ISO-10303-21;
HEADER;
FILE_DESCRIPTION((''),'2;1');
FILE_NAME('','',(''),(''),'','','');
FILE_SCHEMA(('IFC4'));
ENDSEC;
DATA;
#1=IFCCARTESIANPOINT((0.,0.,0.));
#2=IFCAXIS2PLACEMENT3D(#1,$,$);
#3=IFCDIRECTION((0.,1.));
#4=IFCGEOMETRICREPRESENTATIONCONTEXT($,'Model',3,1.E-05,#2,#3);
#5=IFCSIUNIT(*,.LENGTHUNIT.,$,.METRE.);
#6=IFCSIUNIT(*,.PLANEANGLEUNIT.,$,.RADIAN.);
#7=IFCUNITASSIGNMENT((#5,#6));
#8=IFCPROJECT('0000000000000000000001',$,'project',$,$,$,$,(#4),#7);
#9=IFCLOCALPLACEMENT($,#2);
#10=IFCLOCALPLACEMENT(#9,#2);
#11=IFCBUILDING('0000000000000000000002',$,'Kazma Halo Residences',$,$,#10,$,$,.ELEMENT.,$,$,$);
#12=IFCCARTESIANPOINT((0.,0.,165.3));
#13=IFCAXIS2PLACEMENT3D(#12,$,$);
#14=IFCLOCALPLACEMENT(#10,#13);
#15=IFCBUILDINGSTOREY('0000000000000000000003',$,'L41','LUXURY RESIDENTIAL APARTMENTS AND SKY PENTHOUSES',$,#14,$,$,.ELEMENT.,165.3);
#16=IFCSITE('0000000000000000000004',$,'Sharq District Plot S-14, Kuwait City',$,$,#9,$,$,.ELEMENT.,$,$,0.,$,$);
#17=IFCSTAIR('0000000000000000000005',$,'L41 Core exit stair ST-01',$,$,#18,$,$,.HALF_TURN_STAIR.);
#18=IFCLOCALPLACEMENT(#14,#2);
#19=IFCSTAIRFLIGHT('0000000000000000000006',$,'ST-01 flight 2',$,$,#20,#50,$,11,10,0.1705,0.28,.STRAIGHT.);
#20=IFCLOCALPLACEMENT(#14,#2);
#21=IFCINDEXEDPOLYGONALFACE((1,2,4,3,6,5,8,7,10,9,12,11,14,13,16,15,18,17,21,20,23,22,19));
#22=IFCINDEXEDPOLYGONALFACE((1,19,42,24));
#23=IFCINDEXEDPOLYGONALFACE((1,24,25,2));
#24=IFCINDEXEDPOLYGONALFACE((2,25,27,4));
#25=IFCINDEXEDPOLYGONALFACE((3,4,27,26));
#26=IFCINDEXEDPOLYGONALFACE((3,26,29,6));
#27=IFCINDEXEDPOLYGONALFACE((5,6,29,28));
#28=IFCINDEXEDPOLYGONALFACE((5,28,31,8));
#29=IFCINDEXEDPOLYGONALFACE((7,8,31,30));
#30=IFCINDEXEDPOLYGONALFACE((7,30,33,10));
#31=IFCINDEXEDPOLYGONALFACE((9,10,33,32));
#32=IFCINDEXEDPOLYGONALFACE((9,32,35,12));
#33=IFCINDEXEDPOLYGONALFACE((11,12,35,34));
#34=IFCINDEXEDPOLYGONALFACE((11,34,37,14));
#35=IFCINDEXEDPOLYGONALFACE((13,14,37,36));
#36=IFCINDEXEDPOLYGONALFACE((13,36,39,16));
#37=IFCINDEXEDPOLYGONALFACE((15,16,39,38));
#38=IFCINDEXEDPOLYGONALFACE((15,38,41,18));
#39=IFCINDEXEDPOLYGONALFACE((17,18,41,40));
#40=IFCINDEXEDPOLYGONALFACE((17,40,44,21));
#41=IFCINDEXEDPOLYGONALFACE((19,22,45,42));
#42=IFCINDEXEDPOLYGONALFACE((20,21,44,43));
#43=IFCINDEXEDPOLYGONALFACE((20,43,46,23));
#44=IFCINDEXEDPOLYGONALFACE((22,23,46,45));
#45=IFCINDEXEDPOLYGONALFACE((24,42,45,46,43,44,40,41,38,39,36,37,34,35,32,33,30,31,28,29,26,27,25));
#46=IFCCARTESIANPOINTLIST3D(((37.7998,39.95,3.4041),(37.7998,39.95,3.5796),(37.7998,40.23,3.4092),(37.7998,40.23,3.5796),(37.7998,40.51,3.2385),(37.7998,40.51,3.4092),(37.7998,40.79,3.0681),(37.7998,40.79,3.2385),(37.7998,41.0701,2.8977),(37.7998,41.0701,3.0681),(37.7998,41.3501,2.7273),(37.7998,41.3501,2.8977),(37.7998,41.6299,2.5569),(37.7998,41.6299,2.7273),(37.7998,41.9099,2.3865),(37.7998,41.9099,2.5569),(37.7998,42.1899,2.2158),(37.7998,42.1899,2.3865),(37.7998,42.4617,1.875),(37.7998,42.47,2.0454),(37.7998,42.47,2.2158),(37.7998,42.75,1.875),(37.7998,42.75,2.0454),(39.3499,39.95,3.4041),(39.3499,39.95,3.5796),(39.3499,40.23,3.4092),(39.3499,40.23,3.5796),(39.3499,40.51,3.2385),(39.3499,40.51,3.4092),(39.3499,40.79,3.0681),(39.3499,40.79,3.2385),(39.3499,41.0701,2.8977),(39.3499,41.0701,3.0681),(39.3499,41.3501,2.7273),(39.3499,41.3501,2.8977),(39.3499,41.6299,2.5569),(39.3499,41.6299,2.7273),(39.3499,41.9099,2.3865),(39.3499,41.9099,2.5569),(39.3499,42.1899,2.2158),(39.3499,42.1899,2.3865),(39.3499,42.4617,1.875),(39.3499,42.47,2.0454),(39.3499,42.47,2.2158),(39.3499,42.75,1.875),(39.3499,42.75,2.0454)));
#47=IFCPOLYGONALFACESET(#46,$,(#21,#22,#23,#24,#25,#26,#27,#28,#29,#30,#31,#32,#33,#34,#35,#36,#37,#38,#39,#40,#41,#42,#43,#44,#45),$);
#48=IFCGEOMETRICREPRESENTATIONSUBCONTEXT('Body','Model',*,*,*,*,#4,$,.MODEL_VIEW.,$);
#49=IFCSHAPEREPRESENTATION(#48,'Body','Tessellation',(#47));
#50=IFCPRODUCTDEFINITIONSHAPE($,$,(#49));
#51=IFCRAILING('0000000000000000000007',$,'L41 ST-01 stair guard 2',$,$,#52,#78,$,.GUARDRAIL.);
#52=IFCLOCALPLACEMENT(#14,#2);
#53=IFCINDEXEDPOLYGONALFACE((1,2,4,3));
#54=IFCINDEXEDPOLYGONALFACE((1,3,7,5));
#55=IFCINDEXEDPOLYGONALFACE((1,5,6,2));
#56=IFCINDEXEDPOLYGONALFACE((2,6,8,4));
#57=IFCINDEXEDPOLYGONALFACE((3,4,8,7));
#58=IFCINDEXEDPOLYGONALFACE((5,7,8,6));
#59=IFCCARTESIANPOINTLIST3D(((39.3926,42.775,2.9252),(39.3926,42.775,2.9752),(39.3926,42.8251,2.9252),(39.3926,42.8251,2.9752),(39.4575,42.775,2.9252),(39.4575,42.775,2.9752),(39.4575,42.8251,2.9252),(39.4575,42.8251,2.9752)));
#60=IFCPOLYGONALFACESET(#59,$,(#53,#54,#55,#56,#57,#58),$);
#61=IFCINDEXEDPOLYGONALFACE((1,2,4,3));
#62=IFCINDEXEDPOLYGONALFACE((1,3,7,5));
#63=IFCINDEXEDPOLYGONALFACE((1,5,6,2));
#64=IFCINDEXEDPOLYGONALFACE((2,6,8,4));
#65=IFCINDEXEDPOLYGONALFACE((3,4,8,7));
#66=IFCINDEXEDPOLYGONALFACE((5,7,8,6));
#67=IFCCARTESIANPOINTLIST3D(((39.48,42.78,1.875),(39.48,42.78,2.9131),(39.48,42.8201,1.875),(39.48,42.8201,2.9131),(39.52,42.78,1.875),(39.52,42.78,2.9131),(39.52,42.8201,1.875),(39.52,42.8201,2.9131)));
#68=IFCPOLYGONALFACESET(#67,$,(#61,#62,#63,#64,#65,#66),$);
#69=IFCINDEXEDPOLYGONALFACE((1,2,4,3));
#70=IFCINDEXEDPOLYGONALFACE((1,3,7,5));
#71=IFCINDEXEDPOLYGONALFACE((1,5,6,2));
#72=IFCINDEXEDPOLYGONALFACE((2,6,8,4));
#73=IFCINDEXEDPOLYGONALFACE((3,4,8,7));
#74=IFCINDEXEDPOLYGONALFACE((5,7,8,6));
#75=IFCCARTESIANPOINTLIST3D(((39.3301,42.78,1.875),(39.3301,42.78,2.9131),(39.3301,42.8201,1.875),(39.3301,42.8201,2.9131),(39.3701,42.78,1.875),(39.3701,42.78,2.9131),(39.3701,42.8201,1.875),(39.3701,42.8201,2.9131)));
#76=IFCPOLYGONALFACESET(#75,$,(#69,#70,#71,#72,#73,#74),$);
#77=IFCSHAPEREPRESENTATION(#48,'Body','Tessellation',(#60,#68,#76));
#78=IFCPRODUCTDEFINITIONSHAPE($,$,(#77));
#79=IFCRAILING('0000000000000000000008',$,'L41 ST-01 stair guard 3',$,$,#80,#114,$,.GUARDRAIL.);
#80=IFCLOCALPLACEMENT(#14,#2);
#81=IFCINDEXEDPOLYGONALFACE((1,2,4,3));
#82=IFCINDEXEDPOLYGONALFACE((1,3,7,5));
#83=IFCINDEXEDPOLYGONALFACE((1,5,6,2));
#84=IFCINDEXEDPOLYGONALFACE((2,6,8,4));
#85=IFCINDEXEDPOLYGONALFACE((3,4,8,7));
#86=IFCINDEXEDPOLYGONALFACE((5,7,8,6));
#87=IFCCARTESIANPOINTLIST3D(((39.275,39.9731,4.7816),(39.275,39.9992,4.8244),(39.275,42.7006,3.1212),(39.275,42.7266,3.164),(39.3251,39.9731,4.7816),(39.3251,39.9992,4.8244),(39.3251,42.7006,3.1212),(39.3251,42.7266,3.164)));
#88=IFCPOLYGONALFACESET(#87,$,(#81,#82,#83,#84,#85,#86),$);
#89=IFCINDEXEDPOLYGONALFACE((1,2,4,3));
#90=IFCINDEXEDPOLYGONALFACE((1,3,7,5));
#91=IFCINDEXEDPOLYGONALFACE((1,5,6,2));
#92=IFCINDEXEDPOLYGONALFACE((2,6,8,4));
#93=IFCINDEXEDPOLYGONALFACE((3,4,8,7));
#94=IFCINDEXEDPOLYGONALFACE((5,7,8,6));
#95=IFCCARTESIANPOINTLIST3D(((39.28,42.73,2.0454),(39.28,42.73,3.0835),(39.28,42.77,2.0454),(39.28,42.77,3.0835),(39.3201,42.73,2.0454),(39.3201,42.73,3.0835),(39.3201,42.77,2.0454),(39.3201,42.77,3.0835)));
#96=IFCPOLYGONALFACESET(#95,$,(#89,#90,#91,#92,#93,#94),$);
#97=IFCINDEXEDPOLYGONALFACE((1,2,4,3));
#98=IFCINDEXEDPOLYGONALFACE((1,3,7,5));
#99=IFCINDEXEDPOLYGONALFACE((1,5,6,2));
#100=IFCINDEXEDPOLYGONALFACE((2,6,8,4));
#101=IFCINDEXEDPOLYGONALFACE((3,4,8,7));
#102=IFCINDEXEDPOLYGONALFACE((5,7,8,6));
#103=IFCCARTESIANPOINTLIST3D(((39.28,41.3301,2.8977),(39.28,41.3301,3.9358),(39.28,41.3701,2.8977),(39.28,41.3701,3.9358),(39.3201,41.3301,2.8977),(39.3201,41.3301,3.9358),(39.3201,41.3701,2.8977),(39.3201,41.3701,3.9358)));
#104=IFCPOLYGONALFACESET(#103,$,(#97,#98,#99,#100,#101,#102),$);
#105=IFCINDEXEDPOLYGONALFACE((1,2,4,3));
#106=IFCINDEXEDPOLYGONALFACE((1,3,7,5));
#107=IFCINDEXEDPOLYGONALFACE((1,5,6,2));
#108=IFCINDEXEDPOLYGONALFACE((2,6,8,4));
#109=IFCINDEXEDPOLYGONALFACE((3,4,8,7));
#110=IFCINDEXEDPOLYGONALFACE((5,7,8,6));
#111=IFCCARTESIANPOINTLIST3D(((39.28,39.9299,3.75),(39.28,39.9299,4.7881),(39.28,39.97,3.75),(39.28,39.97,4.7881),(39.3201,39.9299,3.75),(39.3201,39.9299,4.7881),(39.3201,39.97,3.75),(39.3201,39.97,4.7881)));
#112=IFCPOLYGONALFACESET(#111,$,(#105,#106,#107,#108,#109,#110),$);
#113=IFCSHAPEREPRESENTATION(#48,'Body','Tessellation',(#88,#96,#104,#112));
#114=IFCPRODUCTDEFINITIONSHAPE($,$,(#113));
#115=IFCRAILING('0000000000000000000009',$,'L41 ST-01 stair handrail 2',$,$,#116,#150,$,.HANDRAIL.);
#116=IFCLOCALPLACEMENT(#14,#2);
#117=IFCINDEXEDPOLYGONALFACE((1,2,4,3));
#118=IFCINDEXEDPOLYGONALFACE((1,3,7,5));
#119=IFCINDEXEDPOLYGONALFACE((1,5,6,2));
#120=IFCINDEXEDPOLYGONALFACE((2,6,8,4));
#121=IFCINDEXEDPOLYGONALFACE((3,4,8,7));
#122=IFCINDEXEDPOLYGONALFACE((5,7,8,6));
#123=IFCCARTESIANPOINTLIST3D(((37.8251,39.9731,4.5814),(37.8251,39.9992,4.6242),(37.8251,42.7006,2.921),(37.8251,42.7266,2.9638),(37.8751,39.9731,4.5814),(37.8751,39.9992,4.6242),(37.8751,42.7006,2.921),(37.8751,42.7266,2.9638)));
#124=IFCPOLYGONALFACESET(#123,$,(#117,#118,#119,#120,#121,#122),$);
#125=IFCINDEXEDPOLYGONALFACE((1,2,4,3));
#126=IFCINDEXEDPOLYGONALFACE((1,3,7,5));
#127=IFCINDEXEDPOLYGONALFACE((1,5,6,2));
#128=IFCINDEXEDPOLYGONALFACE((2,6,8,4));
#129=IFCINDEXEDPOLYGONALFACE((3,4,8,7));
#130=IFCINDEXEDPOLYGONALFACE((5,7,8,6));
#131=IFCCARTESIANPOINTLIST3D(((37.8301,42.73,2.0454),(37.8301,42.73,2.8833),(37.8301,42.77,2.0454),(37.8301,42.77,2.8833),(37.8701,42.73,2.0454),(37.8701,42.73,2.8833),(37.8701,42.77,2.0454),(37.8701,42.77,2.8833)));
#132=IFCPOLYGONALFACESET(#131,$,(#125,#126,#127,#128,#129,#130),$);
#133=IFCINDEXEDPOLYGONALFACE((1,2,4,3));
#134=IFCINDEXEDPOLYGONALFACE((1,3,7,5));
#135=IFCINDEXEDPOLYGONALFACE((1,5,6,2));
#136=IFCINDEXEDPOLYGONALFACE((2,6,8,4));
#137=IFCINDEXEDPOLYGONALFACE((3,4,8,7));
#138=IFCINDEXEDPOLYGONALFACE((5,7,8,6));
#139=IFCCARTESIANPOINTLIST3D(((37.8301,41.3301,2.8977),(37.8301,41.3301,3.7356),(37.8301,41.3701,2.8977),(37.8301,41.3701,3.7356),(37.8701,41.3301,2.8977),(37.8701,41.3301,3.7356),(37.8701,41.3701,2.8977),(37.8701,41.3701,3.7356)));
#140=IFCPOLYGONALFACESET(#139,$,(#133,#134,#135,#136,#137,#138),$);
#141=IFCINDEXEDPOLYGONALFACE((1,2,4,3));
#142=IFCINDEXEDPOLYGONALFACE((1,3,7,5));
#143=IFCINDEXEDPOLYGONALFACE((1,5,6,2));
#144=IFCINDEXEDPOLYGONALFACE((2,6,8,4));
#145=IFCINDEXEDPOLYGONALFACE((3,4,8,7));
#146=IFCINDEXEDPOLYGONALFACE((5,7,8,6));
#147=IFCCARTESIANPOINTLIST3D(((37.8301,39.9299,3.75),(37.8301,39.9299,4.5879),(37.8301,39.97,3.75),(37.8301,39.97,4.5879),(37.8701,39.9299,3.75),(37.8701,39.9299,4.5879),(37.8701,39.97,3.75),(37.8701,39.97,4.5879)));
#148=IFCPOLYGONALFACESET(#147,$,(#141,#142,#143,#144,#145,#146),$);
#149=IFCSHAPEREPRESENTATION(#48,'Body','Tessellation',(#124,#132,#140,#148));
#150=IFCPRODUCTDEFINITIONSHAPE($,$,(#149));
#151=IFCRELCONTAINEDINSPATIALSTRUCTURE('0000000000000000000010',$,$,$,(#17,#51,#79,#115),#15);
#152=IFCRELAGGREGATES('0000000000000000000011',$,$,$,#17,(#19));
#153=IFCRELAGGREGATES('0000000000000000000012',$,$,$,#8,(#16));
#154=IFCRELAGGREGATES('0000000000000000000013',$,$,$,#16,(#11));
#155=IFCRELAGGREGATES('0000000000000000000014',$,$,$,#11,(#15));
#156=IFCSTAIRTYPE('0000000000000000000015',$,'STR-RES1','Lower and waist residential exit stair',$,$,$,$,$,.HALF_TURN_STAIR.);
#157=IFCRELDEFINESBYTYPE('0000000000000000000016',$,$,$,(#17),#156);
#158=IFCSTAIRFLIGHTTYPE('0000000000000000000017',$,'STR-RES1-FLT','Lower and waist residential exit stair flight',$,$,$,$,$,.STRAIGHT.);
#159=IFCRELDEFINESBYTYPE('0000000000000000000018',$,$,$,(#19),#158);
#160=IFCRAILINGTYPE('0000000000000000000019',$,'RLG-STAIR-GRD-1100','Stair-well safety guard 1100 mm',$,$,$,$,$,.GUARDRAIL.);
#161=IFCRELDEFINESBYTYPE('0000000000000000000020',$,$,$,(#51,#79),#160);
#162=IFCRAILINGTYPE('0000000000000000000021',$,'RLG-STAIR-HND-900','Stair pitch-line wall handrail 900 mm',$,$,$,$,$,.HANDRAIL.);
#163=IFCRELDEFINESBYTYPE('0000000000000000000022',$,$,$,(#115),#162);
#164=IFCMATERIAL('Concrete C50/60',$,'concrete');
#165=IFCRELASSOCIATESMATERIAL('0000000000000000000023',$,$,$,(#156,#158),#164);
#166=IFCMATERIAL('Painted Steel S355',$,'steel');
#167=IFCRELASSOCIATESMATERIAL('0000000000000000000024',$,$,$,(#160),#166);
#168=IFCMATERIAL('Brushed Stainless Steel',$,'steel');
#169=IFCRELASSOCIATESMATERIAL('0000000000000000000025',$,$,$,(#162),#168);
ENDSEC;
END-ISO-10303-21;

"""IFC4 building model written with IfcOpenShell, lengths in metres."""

from ifc_helpers import new_model, si_unit, direction, frame, origin, origin_2d, place, context, subcontext, project, spatial, polyline, rectangle, outline, extrude, material, type_object, element, aggregate, save


model = new_model("IFC4")

# Units and contexts
model_context = context("Model", 3, precision=1e-05, world=origin(), true_north=direction((0.0, 1.0)))
body_context = subcontext(model_context, "Body", "Model", "MODEL_VIEW")
ifc_project = project(units=[si_unit("LENGTHUNIT", "METRE"), si_unit("PLANEANGLEUNIT", "RADIAN")], contexts=[model_context])

# Site, building, storey
site_placement = place(None, origin())
site = spatial("IfcSite", under=ifc_project, at=site_placement, Name="Sharq District Plot S-14, Kuwait City", CompositionType="ELEMENT", RefElevation=0.0)
building_placement = place(site_placement, origin())
building = spatial("IfcBuilding", under=site, at=building_placement, Name="Kazma Halo Residences", CompositionType="ELEMENT")
storey_placement = place(building_placement, frame((0.0, 0.0, 165.3)))
storey = spatial("IfcBuildingStorey", under=building, at=storey_placement, Name="L41", Description="LUXURY RESIDENTIAL APARTMENTS AND SKY PENTHOUSES", CompositionType="ELEMENT", Elevation=165.3)

# Stair, stair flight
ifc_material_1 = material(Name="Concrete C50/60", Category="concrete")
stair_type = type_object("IfcStairType", Name="STR-RES1", Description="Lower and waist residential exit stair", PredefinedType="HALF_TURN_STAIR", material=ifc_material_1)
stair_placement = place(storey_placement, origin())
stair = element("IfcStair", 1, at=stair_placement, inside=storey, type_object=stair_type, Name="L41 Core exit stair ST-01", PredefinedType="HALF_TURN_STAIR")
stair_flight_type = type_object("IfcStairFlightType", Name="STR-RES1-FLT", Description="Lower and waist residential exit stair flight", PredefinedType="STRAIGHT", material=ifc_material_1)
stair_flight_placement = place(storey_placement, frame((38.575, 42.75, 1.875), z_axis=(0.0, 0.0, 1.0), x_axis=(0.0, -1.0, 0.0)))
stair_flight = element("IfcStairFlight", 2, at=stair_flight_placement, type_object=stair_flight_type, Name="ST-01 flight 2", NumberOfRisers=11, NumberOfTreads=10, PredefinedType="STRAIGHT", RiserHeight=0.1705, TreadLength=0.28, context=body_context, shape_type="SweptSolid", body=[
    extrude(outline(polyline([(0.0, 0.0), (0.0, 0.1704), (0.28, 0.1704), (0.28, 0.3408), (0.5601, 0.3408), (0.5601, 0.5115), (0.8401, 0.5115), (0.8401, 0.6819), (1.1201, 0.6819), (1.1201, 0.8523), (1.3999, 0.8523), (1.3999, 1.0227), (1.6799, 1.0227), (1.6799, 1.1931), (1.96, 1.1931), (1.96, 1.3635), (2.24, 1.3635), (2.24, 1.5342), (2.52, 1.5342), (2.52, 1.7046), (2.8, 1.7046), (2.8, 1.875), (2.8, 1.5291), (0.2883, 0.0), (0.0, 0.0)])), frame((0.0, 0.7749, 0.0), z_axis=(0.0, -1.0, 0.0), x_axis=(1.0, 0.0, 0.0)), (0.0, 0.0, 1.0), 1.55),
])
aggregate(stair, [stair_flight])

# Railings
ifc_material_2 = material(Name="Painted Steel S355", Category="steel")
railing_type_1 = type_object("IfcRailingType", Name="RLG-STAIR-GRD-1100", Description="Stair-well safety guard 1100 mm", PredefinedType="GUARDRAIL", material=ifc_material_2)
railing_1_placement = place(storey_placement, frame((39.5, 42.8, 1.875)))
element("IfcRailing", 3, at=railing_1_placement, inside=storey, type_object=railing_type_1, Name="L41 ST-01 stair guard 2", PredefinedType="GUARDRAIL", context=body_context, shape_type="SweptSolid", body=[
    extrude(rectangle(XDim=0.05, YDim=0.05, at=origin_2d()), frame((-0.0425, 0.0, 1.0752), z_axis=(-1.0, 0.0, 0.0), x_axis=(0.0, -1.0, 0.0)), (0.0, 0.0, 1.0), 0.0649),
    extrude(rectangle(XDim=0.04, YDim=0.04, at=origin_2d()), origin(), (0.0, 0.0, 1.0), 1.0381),
    extrude(rectangle(XDim=0.04, YDim=0.04, at=origin_2d()), frame((-0.1499, 0.0, 0.0)), (0.0, 0.0, 1.0), 1.0381),
])
railing_2_placement = place(storey_placement, frame((39.3, 42.75, 2.0454)))
element("IfcRailing", 4, at=railing_2_placement, inside=storey, type_object=railing_type_1, Name="L41 ST-01 stair guard 3", PredefinedType="GUARDRAIL", context=body_context, shape_type="SweptSolid", body=[
    extrude(rectangle(XDim=0.05, YDim=0.05, at=origin_2d()), frame((0.0, -0.0364, 1.0972), z_axis=(0.0, -0.85417, 0.519994), x_axis=(1.0, 0.0, 0.0)), (0.0, 0.0, 1.0), 3.1931),
    extrude(rectangle(XDim=0.04, YDim=0.04, at=origin_2d()), origin(), (0.0, 0.0, 1.0), 1.0381),
    extrude(rectangle(XDim=0.04, YDim=0.04, at=origin_2d()), frame((0.0, -1.3999, 0.8523)), (0.0, 0.0, 1.0), 1.0381),
    extrude(rectangle(XDim=0.04, YDim=0.04, at=origin_2d()), frame((0.0, -2.8, 1.7046)), (0.0, 0.0, 1.0), 1.0381),
])
ifc_material_3 = material(Name="Brushed Stainless Steel", Category="steel")
railing_type_2 = type_object("IfcRailingType", Name="RLG-STAIR-HND-900", Description="Stair pitch-line wall handrail 900 mm", PredefinedType="HANDRAIL", material=ifc_material_3)
railing_3_placement = place(storey_placement, frame((37.8501, 42.75, 2.0454)))
element("IfcRailing", 5, at=railing_3_placement, inside=storey, type_object=railing_type_2, Name="L41 ST-01 stair handrail 2", PredefinedType="HANDRAIL", context=body_context, shape_type="SweptSolid", body=[
    extrude(rectangle(XDim=0.05, YDim=0.05, at=origin_2d()), frame((0.0, -0.0364, 0.897), z_axis=(0.0, -0.85417, 0.519994), x_axis=(1.0, 0.0, 0.0)), (0.0, 0.0, 1.0), 3.1931),
    extrude(rectangle(XDim=0.04, YDim=0.04, at=origin_2d()), origin(), (0.0, 0.0, 1.0), 0.8379),
    extrude(rectangle(XDim=0.04, YDim=0.04, at=origin_2d()), frame((0.0, -1.3999, 0.8523)), (0.0, 0.0, 1.0), 0.8379),
    extrude(rectangle(XDim=0.04, YDim=0.04, at=origin_2d()), frame((0.0, -2.8, 1.7046)), (0.0, 0.0, 1.0), 0.8379),
])

save(model, "model.ifc")
